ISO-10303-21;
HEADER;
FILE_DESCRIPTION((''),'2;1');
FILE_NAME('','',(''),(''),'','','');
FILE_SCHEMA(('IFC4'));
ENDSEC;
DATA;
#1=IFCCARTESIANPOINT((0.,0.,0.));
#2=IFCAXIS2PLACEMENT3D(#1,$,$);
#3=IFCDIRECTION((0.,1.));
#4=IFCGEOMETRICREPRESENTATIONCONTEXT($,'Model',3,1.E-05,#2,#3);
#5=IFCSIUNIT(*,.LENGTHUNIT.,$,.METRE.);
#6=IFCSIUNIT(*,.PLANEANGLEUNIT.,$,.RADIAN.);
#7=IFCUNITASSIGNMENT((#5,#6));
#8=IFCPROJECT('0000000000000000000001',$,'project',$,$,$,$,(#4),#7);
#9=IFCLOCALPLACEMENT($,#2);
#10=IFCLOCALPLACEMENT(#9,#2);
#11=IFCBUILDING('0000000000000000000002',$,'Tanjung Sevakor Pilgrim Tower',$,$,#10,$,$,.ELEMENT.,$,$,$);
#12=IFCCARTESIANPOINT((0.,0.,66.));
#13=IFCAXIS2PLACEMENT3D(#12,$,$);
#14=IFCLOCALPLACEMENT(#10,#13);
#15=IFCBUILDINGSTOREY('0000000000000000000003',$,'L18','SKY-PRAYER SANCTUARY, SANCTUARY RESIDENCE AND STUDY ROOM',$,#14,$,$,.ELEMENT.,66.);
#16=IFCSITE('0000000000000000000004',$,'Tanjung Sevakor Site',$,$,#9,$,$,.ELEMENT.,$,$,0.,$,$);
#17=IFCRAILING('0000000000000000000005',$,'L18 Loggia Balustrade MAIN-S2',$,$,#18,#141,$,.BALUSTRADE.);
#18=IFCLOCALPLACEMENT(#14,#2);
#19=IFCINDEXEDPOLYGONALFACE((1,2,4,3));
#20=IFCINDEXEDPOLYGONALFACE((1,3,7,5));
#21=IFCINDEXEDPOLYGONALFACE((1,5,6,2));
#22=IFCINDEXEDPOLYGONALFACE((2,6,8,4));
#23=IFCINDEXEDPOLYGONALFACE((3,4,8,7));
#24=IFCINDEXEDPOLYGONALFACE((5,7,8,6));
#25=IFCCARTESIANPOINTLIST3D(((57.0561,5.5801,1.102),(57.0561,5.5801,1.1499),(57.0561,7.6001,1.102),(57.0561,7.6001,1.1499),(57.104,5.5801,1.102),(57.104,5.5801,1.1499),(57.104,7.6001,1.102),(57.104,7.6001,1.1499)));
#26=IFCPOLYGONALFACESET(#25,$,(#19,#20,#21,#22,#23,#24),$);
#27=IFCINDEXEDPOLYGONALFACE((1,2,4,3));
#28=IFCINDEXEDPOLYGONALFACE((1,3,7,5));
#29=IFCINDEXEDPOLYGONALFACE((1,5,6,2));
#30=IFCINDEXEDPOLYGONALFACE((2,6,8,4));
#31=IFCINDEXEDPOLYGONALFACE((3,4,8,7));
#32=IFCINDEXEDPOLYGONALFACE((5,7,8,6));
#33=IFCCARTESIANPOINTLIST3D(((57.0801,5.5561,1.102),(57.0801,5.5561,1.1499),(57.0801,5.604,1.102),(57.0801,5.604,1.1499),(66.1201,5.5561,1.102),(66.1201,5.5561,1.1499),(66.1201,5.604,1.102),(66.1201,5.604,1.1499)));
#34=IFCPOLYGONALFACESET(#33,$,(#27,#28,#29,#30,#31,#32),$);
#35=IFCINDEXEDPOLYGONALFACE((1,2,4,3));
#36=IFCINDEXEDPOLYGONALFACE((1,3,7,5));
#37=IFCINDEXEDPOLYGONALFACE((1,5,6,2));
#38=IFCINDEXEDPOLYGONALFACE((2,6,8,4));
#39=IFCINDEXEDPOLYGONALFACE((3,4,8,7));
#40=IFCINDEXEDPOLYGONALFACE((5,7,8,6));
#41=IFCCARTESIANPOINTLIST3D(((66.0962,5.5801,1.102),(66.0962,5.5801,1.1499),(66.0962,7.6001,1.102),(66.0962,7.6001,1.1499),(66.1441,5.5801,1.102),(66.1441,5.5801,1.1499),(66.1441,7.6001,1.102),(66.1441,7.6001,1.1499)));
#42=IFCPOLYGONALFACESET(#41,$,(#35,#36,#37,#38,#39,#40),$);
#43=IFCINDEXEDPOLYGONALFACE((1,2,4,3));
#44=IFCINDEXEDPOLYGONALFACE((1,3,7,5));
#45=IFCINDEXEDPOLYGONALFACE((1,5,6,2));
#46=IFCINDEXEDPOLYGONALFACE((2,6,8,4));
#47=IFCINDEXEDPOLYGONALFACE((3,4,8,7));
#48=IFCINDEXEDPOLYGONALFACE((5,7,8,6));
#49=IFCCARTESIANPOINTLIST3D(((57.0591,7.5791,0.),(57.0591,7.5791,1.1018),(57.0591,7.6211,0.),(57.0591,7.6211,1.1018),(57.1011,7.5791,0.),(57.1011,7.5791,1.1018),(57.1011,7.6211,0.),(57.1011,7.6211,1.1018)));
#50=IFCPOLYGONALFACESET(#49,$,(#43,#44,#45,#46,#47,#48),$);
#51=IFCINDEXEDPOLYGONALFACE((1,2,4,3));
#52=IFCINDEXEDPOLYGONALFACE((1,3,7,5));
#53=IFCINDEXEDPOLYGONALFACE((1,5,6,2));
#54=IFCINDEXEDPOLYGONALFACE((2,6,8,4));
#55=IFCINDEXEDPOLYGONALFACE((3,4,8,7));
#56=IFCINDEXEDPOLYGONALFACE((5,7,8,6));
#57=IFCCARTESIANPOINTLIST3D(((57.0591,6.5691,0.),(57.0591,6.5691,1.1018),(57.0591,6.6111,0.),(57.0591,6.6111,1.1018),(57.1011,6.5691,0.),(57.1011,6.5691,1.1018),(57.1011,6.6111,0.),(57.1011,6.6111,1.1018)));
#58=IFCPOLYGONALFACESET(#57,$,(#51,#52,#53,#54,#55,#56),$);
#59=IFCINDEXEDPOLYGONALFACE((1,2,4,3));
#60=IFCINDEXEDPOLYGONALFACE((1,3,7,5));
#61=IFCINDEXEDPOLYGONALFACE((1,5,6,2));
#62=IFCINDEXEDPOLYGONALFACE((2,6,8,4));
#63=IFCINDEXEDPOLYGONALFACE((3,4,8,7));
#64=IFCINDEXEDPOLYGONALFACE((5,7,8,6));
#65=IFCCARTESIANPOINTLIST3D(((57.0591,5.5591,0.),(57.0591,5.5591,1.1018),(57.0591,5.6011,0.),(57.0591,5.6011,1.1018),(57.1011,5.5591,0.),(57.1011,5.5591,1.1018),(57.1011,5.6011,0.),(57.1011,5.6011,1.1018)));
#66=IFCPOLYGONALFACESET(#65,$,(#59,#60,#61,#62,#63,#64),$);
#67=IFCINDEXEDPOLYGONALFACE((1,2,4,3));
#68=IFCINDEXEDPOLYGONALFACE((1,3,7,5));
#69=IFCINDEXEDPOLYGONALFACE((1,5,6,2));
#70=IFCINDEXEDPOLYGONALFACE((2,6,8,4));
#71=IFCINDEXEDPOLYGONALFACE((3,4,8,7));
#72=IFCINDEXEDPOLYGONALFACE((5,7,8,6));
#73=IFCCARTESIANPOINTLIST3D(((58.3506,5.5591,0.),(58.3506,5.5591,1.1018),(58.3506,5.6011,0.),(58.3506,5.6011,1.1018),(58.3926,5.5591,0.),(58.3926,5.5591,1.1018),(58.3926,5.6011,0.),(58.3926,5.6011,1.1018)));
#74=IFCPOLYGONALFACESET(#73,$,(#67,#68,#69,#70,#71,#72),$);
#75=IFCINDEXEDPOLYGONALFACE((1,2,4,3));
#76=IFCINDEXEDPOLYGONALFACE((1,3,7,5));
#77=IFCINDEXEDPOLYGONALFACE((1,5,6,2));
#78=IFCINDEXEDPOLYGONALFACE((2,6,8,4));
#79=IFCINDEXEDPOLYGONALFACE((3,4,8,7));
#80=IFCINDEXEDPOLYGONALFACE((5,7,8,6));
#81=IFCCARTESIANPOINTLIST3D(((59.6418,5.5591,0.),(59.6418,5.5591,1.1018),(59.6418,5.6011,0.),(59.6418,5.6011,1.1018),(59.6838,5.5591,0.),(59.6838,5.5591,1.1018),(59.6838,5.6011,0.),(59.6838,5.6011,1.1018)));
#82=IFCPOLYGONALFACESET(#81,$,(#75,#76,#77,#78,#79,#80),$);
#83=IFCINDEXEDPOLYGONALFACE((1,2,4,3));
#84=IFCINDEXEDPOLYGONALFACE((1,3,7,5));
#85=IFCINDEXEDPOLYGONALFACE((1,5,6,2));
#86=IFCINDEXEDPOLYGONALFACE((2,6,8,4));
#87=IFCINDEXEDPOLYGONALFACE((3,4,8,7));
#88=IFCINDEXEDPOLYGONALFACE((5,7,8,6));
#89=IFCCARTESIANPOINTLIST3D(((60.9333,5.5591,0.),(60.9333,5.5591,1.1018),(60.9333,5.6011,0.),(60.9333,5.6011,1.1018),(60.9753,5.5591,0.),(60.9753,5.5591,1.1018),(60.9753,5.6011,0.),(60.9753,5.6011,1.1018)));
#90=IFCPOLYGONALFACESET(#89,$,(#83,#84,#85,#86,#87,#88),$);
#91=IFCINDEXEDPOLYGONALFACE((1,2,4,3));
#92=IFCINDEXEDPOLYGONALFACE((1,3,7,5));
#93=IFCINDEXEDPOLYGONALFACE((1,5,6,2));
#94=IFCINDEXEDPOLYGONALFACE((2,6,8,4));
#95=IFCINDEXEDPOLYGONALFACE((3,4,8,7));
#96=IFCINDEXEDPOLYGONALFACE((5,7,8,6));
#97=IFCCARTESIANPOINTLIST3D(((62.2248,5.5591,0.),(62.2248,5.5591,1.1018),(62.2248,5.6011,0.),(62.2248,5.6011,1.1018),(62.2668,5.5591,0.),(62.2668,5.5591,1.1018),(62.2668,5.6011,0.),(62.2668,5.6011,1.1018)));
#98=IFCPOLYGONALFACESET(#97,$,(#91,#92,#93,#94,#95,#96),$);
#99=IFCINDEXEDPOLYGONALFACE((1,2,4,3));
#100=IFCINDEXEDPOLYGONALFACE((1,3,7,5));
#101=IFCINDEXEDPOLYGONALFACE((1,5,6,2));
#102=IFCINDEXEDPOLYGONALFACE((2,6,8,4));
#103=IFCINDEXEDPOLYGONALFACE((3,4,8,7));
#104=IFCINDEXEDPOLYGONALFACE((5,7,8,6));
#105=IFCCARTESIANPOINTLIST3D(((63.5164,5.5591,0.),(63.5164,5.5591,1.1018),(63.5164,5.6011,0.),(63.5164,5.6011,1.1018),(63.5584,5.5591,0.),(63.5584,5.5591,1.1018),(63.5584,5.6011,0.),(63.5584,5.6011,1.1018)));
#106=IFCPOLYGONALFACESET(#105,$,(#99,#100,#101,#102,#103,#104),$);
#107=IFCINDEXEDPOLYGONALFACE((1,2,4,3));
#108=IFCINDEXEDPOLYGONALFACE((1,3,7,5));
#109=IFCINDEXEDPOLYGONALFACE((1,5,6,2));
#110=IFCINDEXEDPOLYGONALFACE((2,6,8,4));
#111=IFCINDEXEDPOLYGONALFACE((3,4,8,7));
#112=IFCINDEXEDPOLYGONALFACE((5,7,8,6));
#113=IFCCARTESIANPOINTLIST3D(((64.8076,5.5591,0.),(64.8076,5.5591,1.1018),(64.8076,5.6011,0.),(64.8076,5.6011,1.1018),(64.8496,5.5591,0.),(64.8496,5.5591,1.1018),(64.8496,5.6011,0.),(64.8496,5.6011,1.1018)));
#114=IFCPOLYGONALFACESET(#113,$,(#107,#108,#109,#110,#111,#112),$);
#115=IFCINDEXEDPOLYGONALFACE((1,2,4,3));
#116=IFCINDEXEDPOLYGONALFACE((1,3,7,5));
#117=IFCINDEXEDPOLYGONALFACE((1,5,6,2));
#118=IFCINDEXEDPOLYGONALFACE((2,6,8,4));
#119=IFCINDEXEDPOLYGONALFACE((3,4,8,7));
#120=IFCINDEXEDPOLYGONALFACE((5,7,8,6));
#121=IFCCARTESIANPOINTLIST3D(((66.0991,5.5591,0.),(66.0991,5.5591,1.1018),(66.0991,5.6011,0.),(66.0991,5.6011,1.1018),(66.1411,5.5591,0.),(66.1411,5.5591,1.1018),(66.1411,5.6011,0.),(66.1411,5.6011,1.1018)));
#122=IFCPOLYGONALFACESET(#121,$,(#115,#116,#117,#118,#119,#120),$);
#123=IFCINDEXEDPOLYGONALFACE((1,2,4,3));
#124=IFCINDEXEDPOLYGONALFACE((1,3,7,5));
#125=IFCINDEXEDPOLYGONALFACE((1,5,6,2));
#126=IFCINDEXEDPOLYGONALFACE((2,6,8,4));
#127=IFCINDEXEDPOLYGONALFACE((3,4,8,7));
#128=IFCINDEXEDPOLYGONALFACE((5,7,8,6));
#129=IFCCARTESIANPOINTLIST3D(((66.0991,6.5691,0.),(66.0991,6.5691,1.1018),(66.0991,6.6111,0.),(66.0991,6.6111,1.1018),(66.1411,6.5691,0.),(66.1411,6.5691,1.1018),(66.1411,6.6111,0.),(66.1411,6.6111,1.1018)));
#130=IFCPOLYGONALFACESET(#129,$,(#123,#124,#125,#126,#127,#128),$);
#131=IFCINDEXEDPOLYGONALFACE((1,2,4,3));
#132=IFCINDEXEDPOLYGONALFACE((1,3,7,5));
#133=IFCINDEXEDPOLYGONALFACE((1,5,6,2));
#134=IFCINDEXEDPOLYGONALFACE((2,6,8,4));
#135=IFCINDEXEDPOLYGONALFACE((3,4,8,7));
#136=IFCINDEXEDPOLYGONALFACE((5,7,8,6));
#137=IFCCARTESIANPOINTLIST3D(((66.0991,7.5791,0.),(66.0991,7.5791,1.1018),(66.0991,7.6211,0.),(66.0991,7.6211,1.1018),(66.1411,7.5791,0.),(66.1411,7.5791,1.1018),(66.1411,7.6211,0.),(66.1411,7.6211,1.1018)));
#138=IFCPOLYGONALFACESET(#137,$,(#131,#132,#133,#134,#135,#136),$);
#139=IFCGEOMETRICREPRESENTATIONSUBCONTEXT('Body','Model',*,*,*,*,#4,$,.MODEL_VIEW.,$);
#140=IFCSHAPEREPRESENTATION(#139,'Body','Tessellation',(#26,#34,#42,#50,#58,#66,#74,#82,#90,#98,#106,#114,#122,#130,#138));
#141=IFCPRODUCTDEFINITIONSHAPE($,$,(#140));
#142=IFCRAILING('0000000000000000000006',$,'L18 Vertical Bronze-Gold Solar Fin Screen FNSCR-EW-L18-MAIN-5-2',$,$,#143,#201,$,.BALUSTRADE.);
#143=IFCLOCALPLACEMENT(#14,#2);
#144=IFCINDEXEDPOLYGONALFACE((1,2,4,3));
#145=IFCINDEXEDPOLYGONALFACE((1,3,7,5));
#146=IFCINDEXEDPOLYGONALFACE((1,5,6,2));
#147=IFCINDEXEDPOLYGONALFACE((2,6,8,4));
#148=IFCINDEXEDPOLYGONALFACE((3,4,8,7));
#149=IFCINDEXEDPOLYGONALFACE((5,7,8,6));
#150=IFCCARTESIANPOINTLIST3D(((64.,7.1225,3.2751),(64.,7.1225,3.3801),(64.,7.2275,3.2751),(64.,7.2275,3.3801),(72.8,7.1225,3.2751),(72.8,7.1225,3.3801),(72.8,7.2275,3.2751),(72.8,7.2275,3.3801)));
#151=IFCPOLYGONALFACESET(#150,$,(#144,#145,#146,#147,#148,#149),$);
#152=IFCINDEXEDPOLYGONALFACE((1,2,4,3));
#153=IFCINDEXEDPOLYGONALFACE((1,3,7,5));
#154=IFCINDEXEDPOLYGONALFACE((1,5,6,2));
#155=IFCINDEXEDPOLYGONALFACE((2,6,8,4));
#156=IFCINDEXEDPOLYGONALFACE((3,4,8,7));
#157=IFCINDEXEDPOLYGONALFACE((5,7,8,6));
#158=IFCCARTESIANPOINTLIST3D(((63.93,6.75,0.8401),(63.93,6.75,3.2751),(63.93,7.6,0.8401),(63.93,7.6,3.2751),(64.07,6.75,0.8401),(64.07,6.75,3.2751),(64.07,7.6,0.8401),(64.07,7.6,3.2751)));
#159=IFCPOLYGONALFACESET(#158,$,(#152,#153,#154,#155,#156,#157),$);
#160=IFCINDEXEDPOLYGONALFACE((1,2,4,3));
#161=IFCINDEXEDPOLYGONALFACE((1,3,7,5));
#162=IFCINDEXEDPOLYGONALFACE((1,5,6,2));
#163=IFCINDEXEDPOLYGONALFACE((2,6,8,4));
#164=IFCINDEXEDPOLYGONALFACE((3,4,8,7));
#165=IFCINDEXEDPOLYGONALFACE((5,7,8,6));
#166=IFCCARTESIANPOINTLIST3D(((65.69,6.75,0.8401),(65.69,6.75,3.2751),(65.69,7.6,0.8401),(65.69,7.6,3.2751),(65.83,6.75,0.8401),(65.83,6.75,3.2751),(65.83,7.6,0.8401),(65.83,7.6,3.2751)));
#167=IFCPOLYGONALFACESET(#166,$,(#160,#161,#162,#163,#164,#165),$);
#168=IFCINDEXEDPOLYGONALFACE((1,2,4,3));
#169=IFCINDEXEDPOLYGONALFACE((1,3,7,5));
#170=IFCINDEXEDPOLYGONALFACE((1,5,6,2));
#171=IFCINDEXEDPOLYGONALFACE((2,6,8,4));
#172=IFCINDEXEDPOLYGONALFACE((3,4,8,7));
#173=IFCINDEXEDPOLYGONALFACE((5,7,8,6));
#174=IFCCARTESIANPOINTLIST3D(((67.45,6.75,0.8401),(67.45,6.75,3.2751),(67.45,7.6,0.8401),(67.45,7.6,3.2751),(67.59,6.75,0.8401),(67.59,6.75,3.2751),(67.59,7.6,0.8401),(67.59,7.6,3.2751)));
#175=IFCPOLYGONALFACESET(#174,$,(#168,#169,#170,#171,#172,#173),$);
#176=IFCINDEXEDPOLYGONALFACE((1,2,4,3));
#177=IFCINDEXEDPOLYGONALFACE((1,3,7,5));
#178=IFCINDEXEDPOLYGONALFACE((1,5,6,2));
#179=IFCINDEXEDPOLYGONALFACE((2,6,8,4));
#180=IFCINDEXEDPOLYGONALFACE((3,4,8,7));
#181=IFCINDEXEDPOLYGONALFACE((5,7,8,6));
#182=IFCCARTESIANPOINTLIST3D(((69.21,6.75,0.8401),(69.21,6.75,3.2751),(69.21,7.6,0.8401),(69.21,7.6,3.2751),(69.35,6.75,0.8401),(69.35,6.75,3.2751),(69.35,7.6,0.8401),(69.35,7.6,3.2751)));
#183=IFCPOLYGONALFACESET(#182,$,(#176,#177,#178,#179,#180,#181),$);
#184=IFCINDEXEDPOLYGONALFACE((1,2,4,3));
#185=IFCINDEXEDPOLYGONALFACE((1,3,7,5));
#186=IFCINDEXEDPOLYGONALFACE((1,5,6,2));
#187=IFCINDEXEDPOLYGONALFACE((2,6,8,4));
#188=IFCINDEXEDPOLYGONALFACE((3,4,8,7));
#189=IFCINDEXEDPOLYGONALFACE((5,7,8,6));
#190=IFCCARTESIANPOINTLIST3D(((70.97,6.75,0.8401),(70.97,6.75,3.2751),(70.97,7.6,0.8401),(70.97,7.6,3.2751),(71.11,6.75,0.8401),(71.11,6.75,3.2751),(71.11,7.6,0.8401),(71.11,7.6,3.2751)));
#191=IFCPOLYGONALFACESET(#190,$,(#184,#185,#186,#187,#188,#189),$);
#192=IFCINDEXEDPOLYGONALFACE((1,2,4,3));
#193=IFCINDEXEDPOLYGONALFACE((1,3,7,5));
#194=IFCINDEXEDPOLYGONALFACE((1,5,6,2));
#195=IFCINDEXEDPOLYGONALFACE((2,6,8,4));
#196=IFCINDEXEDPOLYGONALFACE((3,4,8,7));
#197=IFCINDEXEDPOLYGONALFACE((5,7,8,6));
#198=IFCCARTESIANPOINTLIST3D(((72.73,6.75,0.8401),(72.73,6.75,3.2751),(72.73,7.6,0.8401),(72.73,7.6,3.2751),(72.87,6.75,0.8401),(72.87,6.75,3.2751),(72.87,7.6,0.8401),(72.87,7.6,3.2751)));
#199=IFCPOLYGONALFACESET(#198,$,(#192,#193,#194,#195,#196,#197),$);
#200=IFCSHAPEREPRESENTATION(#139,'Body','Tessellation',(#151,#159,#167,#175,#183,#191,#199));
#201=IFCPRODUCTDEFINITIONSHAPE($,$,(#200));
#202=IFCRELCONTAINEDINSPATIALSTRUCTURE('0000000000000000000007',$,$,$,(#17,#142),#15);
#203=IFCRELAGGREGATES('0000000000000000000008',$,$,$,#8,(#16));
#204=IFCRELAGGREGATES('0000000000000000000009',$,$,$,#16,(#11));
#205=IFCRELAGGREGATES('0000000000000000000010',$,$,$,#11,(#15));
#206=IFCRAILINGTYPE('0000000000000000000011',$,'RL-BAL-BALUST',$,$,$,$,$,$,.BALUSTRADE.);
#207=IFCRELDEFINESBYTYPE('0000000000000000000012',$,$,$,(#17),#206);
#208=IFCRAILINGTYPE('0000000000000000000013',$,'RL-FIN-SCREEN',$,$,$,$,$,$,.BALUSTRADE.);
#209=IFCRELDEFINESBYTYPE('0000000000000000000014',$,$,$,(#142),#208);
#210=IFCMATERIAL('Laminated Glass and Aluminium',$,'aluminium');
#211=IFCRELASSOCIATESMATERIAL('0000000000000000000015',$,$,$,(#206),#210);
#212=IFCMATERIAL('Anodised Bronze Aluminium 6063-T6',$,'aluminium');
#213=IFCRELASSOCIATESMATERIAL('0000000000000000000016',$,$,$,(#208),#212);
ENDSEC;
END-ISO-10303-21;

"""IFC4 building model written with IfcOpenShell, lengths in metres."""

from ifc_helpers import new_model, si_unit, direction, frame, origin, place, context, subcontext, project, spatial, rectangle, extrude, material, type_object, element, save


model = new_model("IFC4")

# Units and contexts
model_context = context("Model", 3, precision=1e-05, world=origin(), true_north=direction((0.0, 1.0)))
body_context = subcontext(model_context, "Body", "Model", "MODEL_VIEW")
ifc_project = project(units=[si_unit("LENGTHUNIT", "METRE"), si_unit("PLANEANGLEUNIT", "RADIAN")], contexts=[model_context])

# Site, building, storey
site_placement = place(None, origin())
site = spatial("IfcSite", under=ifc_project, at=site_placement, Name="Tanjung Sevakor Site", CompositionType="ELEMENT", RefElevation=0.0)
building_placement = place(site_placement, origin())
building = spatial("IfcBuilding", under=site, at=building_placement, Name="Tanjung Sevakor Pilgrim Tower", CompositionType="ELEMENT")
storey_placement = place(building_placement, frame((0.0, 0.0, 66.0)))
storey = spatial("IfcBuildingStorey", under=building, at=storey_placement, Name="L18", Description="SKY-PRAYER SANCTUARY, SANCTUARY RESIDENCE AND STUDY ROOM", CompositionType="ELEMENT", Elevation=66.0)

# Railings
ifc_material_1 = material(Name="Laminated Glass and Aluminium", Category="aluminium")
railing_type_1 = type_object("IfcRailingType", Name="RL-BAL-BALUST", PredefinedType="BALUSTRADE", material=ifc_material_1)
railing_1_placement = place(storey_placement, frame((57.0801, 7.6001, 0.0)))
element("IfcRailing", 1, at=railing_1_placement, inside=storey, type_object=railing_type_1, Name="L18 Loggia Balustrade MAIN-S2", PredefinedType="BALUSTRADE", context=body_context, shape_type="SweptSolid", body=[
    extrude(rectangle(XDim=0.0479, YDim=0.0479), frame((0.0, 0.0, 1.126), z_axis=(0.0, -1.0, 0.0), x_axis=(1.0, 0.0, 0.0)), (0.0, 0.0, 1.0), 2.02),
    extrude(rectangle(XDim=0.0479, YDim=0.0479), frame((0.0, -2.02, 1.126), z_axis=(1.0, 0.0, 0.0), x_axis=(0.0, 1.0, 0.0)), (0.0, 0.0, 1.0), 9.04),
    extrude(rectangle(XDim=0.0479, YDim=0.0479), frame((9.04, -2.02, 1.126), z_axis=(0.0, 1.0, 0.0), x_axis=(-1.0, 0.0, 0.0)), (0.0, 0.0, 1.0), 2.02),
    extrude(rectangle(XDim=0.042, YDim=0.042), origin(), (0.0, 0.0, 1.0), 1.1018),
    extrude(rectangle(XDim=0.042, YDim=0.042), frame((0.0, -1.01, 0.0)), (0.0, 0.0, 1.0), 1.1018),
    extrude(rectangle(XDim=0.042, YDim=0.042), frame((0.0, -2.02, 0.0)), (0.0, 0.0, 1.0), 1.1018),
    extrude(rectangle(XDim=0.042, YDim=0.042), frame((1.2915, -2.02, 0.0)), (0.0, 0.0, 1.0), 1.1018),
    extrude(rectangle(XDim=0.042, YDim=0.042), frame((2.5828, -2.02, 0.0)), (0.0, 0.0, 1.0), 1.1018),
    extrude(rectangle(XDim=0.042, YDim=0.042), frame((3.8743, -2.02, 0.0)), (0.0, 0.0, 1.0), 1.1018),
    extrude(rectangle(XDim=0.042, YDim=0.042), frame((5.1658, -2.02, 0.0)), (0.0, 0.0, 1.0), 1.1018),
    extrude(rectangle(XDim=0.042, YDim=0.042), frame((6.4573, -2.02, 0.0)), (0.0, 0.0, 1.0), 1.1018),
    extrude(rectangle(XDim=0.042, YDim=0.042), frame((7.7485, -2.02, 0.0)), (0.0, 0.0, 1.0), 1.1018),
    extrude(rectangle(XDim=0.042, YDim=0.042), frame((9.04, -2.02, 0.0)), (0.0, 0.0, 1.0), 1.1018),
    extrude(rectangle(XDim=0.042, YDim=0.042), frame((9.04, -1.01, 0.0)), (0.0, 0.0, 1.0), 1.1018),
    extrude(rectangle(XDim=0.042, YDim=0.042), frame((9.04, 0.0, 0.0)), (0.0, 0.0, 1.0), 1.1018),
])
ifc_material_2 = material(Name="Anodised Bronze Aluminium 6063-T6", Category="aluminium")
railing_type_2 = type_object("IfcRailingType", Name="RL-FIN-SCREEN", PredefinedType="BALUSTRADE", material=ifc_material_2)
railing_2_placement = place(storey_placement, frame((64.0, 7.175, 0.8401)))
element("IfcRailing", 2, at=railing_2_placement, inside=storey, type_object=railing_type_2, Name="L18 Vertical Bronze-Gold Solar Fin Screen FNSCR-EW-L18-MAIN-5-2", PredefinedType="BALUSTRADE", context=body_context, shape_type="SweptSolid", body=[
    extrude(rectangle(XDim=0.105, YDim=0.105), frame((0.0, 0.0, 2.4875), z_axis=(1.0, 0.0, 0.0), x_axis=(0.0, 1.0, 0.0)), (0.0, 0.0, 1.0), 8.8),
    extrude(rectangle(XDim=0.14, YDim=0.85), origin(), (0.0, 0.0, 1.0), 2.4351),
    extrude(rectangle(XDim=0.14, YDim=0.85), frame((1.76, 0.0, 0.0)), (0.0, 0.0, 1.0), 2.4351),
    extrude(rectangle(XDim=0.14, YDim=0.85), frame((3.52, 0.0, 0.0)), (0.0, 0.0, 1.0), 2.4351),
    extrude(rectangle(XDim=0.14, YDim=0.85), frame((5.28, 0.0, 0.0)), (0.0, 0.0, 1.0), 2.4351),
    extrude(rectangle(XDim=0.14, YDim=0.85), frame((7.04, 0.0, 0.0)), (0.0, 0.0, 1.0), 2.4351),
    extrude(rectangle(XDim=0.14, YDim=0.85), frame((8.8, 0.0, 0.0)), (0.0, 0.0, 1.0), 2.4351),
])

save(model, "model.ifc")
